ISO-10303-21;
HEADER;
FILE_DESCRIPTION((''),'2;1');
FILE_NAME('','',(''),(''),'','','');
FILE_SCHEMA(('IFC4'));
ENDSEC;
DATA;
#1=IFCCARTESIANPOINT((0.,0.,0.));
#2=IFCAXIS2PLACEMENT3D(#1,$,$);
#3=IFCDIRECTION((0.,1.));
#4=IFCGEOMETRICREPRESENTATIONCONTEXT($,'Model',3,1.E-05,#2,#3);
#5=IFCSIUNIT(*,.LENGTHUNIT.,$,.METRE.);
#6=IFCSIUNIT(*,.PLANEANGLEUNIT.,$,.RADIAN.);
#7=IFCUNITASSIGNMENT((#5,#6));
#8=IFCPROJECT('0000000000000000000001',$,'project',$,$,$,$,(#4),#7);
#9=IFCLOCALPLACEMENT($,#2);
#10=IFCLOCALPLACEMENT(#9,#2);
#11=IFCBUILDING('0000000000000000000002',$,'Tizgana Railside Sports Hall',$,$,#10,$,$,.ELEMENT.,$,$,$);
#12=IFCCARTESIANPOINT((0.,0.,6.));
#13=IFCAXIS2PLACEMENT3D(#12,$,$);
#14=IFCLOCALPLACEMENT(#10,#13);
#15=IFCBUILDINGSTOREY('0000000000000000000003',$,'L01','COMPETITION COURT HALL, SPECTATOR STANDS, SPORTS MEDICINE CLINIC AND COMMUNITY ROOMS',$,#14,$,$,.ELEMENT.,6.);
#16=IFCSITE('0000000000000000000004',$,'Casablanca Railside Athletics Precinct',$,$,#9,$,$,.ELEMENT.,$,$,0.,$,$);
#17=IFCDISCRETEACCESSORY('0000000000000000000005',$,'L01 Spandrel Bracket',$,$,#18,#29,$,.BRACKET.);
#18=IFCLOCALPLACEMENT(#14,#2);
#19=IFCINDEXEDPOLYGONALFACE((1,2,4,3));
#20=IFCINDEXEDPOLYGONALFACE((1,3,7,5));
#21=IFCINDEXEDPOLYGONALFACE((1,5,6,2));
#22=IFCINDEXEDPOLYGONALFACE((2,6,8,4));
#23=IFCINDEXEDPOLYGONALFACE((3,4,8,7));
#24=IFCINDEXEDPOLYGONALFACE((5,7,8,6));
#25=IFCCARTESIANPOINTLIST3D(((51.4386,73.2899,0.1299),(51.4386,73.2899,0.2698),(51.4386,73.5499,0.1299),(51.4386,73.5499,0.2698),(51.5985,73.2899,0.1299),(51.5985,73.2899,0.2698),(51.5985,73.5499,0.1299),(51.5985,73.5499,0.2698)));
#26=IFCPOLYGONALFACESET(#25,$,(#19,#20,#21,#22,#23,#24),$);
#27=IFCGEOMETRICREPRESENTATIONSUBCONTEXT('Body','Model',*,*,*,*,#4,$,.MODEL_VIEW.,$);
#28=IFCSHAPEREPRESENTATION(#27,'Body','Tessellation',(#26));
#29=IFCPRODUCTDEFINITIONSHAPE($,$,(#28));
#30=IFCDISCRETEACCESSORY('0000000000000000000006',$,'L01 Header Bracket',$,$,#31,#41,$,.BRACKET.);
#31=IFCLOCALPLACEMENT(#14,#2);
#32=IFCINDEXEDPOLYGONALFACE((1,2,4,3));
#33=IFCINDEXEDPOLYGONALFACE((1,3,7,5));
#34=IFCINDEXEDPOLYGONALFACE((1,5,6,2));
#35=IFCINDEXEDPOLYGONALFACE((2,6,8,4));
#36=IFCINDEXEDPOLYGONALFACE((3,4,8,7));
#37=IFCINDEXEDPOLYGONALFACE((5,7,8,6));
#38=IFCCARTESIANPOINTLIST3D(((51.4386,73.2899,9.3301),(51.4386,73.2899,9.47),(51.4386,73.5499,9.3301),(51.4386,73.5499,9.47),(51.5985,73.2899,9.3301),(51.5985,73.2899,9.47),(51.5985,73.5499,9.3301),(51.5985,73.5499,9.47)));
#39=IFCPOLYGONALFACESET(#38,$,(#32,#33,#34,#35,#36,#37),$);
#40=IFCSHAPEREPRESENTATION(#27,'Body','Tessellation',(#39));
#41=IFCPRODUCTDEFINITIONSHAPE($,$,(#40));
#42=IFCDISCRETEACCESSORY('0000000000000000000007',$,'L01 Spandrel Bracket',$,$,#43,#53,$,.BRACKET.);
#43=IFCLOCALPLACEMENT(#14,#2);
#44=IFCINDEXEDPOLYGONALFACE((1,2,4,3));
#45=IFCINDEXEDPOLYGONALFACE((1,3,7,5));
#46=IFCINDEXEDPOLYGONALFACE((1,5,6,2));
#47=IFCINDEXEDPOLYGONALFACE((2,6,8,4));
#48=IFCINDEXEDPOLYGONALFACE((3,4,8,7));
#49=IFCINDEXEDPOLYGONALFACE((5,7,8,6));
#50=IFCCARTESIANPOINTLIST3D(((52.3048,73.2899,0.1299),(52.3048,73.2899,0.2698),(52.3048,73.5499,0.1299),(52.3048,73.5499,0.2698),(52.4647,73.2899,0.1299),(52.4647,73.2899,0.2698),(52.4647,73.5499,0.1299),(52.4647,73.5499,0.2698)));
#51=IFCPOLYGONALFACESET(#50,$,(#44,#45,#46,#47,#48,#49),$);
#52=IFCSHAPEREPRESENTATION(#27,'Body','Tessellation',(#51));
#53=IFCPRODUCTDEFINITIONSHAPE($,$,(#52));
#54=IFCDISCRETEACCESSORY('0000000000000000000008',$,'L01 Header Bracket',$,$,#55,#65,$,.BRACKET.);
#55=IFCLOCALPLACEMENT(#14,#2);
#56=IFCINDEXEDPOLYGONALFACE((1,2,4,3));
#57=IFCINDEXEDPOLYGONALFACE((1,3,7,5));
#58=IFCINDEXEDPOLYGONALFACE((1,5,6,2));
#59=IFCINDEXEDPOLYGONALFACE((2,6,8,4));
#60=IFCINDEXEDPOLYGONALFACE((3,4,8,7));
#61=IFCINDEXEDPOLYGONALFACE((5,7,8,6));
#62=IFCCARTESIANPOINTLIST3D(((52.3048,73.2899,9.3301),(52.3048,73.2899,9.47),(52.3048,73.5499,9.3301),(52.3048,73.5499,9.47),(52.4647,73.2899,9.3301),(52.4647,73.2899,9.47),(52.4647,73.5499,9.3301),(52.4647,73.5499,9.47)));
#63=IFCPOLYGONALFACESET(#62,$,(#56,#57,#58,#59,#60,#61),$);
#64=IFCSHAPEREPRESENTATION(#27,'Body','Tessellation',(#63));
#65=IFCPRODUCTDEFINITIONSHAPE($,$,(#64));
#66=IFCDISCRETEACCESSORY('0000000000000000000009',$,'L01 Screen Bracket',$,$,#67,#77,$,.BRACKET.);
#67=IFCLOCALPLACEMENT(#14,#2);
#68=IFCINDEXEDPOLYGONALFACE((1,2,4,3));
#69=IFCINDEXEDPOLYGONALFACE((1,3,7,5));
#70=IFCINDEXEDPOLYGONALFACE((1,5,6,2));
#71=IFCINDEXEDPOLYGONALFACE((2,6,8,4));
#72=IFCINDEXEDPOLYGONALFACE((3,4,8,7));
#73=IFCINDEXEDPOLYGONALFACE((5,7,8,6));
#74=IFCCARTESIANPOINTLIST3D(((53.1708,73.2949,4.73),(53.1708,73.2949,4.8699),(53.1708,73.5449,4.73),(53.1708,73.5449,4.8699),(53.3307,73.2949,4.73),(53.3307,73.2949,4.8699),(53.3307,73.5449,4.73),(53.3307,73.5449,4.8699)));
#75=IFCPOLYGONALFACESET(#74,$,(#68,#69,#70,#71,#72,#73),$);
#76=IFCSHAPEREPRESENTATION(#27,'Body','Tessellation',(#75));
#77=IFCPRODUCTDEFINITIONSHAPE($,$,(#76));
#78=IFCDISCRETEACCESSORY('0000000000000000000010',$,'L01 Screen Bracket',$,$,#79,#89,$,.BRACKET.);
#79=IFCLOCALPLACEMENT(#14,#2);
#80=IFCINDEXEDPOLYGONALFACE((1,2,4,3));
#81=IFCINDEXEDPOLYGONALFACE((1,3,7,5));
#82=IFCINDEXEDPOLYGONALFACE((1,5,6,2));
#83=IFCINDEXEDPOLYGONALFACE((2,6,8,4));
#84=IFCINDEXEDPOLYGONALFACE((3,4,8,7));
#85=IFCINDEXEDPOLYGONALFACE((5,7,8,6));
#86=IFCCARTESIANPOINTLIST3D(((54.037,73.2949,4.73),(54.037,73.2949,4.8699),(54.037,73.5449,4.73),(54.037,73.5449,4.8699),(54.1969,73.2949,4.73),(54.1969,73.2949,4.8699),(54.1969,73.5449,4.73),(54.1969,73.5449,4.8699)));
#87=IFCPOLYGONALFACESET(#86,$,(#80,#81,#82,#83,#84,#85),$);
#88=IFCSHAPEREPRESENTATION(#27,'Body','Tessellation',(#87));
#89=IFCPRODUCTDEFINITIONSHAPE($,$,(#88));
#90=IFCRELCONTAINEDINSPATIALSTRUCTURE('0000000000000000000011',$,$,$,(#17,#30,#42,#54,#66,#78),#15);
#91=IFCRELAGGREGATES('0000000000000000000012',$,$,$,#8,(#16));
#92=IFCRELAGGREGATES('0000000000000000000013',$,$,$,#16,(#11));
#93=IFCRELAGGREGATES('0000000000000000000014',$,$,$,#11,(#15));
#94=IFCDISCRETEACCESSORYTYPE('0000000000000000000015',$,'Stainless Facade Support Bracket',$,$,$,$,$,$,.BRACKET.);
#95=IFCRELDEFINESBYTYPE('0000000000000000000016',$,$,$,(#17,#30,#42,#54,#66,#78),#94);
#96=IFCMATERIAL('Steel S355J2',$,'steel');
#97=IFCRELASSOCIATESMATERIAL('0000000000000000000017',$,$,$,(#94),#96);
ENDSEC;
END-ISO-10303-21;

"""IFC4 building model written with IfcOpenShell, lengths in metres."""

from ifc_helpers import new_model, si_unit, direction, frame, origin, origin_2d, place, context, subcontext, project, spatial, rectangle, extrude, material, type_object, element, save


model = new_model("IFC4")

# Units and contexts
model_context = context("Model", 3, precision=1e-05, world=origin(), true_north=direction((0.0, 1.0)))
body_context = subcontext(model_context, "Body", "Model", "MODEL_VIEW")
ifc_project = project(units=[si_unit("LENGTHUNIT", "METRE"), si_unit("PLANEANGLEUNIT", "RADIAN")], contexts=[model_context])

# Site, building, storey
site_placement = place(None, origin())
site = spatial("IfcSite", under=ifc_project, at=site_placement, Name="Casablanca Railside Athletics Precinct", CompositionType="ELEMENT", RefElevation=0.0)
building_placement = place(site_placement, origin())
building = spatial("IfcBuilding", under=site, at=building_placement, Name="Tizgana Railside Sports Hall", CompositionType="ELEMENT")
storey_placement = place(building_placement, frame((0.0, 0.0, 6.0)))
storey = spatial("IfcBuildingStorey", under=building, at=storey_placement, Name="L01", Description="COMPETITION COURT HALL, SPECTATOR STANDS, SPORTS MEDICINE CLINIC AND COMMUNITY ROOMS", CompositionType="ELEMENT", Elevation=6.0)

# Discrete accessories
ifc_material_1 = material(Name="Steel S355J2", Category="steel")
discrete_accessory_type = type_object("IfcDiscreteAccessoryType", Name="Stainless Facade Support Bracket", PredefinedType="BRACKET", material=ifc_material_1)
for number, where, z_axis, x_axis, name in (
    (1, (51.5186, 73.4199, 0.1299), (0.0, 0.0, 1.0), (1.0, 0.0, 0.0), "L01 Spandrel Bracket"),
    (2, (51.5186, 73.4199, 9.3301), (0.0, 0.0, 1.0), (1.0, 0.0, 0.0), "L01 Header Bracket"),
    (3, (52.3848, 73.4199, 0.1299), (0.0, 0.0, 1.0), (1.0, 0.0, 0.0), "L01 Spandrel Bracket"),
    (4, (52.3848, 73.4199, 9.3301), (0.0, 0.0, 1.0), (1.0, 0.0, 0.0), "L01 Header Bracket"),
):
    element("IfcDiscreteAccessory", number, at=place(storey_placement, frame(where, z_axis=z_axis, x_axis=x_axis)), inside=storey, type_object=discrete_accessory_type, Name=name, PredefinedType="BRACKET", context=body_context, shape_type="SweptSolid", body=[
        extrude(rectangle(XDim=0.1599, YDim=0.26, at=origin_2d()), origin(), (0.0, 0.0, 1.0), 0.1399),
    ])
for number, where, z_axis, x_axis, name in (
    (5, (53.2507, 73.4199, 4.73), (0.0, 0.0, 1.0), (1.0, 0.0, 0.0), "L01 Screen Bracket"),
    (6, (54.1169, 73.4199, 4.73), (0.0, 0.0, 1.0), (1.0, 0.0, 0.0), "L01 Screen Bracket"),
):
    element("IfcDiscreteAccessory", number, at=place(storey_placement, frame(where, z_axis=z_axis, x_axis=x_axis)), inside=storey, type_object=discrete_accessory_type, Name=name, PredefinedType="BRACKET", context=body_context, shape_type="SweptSolid", body=[
        extrude(rectangle(XDim=0.1599, YDim=0.25, at=origin_2d()), origin(), (0.0, 0.0, 1.0), 0.1399),
    ])

save(model, "model.ifc")
